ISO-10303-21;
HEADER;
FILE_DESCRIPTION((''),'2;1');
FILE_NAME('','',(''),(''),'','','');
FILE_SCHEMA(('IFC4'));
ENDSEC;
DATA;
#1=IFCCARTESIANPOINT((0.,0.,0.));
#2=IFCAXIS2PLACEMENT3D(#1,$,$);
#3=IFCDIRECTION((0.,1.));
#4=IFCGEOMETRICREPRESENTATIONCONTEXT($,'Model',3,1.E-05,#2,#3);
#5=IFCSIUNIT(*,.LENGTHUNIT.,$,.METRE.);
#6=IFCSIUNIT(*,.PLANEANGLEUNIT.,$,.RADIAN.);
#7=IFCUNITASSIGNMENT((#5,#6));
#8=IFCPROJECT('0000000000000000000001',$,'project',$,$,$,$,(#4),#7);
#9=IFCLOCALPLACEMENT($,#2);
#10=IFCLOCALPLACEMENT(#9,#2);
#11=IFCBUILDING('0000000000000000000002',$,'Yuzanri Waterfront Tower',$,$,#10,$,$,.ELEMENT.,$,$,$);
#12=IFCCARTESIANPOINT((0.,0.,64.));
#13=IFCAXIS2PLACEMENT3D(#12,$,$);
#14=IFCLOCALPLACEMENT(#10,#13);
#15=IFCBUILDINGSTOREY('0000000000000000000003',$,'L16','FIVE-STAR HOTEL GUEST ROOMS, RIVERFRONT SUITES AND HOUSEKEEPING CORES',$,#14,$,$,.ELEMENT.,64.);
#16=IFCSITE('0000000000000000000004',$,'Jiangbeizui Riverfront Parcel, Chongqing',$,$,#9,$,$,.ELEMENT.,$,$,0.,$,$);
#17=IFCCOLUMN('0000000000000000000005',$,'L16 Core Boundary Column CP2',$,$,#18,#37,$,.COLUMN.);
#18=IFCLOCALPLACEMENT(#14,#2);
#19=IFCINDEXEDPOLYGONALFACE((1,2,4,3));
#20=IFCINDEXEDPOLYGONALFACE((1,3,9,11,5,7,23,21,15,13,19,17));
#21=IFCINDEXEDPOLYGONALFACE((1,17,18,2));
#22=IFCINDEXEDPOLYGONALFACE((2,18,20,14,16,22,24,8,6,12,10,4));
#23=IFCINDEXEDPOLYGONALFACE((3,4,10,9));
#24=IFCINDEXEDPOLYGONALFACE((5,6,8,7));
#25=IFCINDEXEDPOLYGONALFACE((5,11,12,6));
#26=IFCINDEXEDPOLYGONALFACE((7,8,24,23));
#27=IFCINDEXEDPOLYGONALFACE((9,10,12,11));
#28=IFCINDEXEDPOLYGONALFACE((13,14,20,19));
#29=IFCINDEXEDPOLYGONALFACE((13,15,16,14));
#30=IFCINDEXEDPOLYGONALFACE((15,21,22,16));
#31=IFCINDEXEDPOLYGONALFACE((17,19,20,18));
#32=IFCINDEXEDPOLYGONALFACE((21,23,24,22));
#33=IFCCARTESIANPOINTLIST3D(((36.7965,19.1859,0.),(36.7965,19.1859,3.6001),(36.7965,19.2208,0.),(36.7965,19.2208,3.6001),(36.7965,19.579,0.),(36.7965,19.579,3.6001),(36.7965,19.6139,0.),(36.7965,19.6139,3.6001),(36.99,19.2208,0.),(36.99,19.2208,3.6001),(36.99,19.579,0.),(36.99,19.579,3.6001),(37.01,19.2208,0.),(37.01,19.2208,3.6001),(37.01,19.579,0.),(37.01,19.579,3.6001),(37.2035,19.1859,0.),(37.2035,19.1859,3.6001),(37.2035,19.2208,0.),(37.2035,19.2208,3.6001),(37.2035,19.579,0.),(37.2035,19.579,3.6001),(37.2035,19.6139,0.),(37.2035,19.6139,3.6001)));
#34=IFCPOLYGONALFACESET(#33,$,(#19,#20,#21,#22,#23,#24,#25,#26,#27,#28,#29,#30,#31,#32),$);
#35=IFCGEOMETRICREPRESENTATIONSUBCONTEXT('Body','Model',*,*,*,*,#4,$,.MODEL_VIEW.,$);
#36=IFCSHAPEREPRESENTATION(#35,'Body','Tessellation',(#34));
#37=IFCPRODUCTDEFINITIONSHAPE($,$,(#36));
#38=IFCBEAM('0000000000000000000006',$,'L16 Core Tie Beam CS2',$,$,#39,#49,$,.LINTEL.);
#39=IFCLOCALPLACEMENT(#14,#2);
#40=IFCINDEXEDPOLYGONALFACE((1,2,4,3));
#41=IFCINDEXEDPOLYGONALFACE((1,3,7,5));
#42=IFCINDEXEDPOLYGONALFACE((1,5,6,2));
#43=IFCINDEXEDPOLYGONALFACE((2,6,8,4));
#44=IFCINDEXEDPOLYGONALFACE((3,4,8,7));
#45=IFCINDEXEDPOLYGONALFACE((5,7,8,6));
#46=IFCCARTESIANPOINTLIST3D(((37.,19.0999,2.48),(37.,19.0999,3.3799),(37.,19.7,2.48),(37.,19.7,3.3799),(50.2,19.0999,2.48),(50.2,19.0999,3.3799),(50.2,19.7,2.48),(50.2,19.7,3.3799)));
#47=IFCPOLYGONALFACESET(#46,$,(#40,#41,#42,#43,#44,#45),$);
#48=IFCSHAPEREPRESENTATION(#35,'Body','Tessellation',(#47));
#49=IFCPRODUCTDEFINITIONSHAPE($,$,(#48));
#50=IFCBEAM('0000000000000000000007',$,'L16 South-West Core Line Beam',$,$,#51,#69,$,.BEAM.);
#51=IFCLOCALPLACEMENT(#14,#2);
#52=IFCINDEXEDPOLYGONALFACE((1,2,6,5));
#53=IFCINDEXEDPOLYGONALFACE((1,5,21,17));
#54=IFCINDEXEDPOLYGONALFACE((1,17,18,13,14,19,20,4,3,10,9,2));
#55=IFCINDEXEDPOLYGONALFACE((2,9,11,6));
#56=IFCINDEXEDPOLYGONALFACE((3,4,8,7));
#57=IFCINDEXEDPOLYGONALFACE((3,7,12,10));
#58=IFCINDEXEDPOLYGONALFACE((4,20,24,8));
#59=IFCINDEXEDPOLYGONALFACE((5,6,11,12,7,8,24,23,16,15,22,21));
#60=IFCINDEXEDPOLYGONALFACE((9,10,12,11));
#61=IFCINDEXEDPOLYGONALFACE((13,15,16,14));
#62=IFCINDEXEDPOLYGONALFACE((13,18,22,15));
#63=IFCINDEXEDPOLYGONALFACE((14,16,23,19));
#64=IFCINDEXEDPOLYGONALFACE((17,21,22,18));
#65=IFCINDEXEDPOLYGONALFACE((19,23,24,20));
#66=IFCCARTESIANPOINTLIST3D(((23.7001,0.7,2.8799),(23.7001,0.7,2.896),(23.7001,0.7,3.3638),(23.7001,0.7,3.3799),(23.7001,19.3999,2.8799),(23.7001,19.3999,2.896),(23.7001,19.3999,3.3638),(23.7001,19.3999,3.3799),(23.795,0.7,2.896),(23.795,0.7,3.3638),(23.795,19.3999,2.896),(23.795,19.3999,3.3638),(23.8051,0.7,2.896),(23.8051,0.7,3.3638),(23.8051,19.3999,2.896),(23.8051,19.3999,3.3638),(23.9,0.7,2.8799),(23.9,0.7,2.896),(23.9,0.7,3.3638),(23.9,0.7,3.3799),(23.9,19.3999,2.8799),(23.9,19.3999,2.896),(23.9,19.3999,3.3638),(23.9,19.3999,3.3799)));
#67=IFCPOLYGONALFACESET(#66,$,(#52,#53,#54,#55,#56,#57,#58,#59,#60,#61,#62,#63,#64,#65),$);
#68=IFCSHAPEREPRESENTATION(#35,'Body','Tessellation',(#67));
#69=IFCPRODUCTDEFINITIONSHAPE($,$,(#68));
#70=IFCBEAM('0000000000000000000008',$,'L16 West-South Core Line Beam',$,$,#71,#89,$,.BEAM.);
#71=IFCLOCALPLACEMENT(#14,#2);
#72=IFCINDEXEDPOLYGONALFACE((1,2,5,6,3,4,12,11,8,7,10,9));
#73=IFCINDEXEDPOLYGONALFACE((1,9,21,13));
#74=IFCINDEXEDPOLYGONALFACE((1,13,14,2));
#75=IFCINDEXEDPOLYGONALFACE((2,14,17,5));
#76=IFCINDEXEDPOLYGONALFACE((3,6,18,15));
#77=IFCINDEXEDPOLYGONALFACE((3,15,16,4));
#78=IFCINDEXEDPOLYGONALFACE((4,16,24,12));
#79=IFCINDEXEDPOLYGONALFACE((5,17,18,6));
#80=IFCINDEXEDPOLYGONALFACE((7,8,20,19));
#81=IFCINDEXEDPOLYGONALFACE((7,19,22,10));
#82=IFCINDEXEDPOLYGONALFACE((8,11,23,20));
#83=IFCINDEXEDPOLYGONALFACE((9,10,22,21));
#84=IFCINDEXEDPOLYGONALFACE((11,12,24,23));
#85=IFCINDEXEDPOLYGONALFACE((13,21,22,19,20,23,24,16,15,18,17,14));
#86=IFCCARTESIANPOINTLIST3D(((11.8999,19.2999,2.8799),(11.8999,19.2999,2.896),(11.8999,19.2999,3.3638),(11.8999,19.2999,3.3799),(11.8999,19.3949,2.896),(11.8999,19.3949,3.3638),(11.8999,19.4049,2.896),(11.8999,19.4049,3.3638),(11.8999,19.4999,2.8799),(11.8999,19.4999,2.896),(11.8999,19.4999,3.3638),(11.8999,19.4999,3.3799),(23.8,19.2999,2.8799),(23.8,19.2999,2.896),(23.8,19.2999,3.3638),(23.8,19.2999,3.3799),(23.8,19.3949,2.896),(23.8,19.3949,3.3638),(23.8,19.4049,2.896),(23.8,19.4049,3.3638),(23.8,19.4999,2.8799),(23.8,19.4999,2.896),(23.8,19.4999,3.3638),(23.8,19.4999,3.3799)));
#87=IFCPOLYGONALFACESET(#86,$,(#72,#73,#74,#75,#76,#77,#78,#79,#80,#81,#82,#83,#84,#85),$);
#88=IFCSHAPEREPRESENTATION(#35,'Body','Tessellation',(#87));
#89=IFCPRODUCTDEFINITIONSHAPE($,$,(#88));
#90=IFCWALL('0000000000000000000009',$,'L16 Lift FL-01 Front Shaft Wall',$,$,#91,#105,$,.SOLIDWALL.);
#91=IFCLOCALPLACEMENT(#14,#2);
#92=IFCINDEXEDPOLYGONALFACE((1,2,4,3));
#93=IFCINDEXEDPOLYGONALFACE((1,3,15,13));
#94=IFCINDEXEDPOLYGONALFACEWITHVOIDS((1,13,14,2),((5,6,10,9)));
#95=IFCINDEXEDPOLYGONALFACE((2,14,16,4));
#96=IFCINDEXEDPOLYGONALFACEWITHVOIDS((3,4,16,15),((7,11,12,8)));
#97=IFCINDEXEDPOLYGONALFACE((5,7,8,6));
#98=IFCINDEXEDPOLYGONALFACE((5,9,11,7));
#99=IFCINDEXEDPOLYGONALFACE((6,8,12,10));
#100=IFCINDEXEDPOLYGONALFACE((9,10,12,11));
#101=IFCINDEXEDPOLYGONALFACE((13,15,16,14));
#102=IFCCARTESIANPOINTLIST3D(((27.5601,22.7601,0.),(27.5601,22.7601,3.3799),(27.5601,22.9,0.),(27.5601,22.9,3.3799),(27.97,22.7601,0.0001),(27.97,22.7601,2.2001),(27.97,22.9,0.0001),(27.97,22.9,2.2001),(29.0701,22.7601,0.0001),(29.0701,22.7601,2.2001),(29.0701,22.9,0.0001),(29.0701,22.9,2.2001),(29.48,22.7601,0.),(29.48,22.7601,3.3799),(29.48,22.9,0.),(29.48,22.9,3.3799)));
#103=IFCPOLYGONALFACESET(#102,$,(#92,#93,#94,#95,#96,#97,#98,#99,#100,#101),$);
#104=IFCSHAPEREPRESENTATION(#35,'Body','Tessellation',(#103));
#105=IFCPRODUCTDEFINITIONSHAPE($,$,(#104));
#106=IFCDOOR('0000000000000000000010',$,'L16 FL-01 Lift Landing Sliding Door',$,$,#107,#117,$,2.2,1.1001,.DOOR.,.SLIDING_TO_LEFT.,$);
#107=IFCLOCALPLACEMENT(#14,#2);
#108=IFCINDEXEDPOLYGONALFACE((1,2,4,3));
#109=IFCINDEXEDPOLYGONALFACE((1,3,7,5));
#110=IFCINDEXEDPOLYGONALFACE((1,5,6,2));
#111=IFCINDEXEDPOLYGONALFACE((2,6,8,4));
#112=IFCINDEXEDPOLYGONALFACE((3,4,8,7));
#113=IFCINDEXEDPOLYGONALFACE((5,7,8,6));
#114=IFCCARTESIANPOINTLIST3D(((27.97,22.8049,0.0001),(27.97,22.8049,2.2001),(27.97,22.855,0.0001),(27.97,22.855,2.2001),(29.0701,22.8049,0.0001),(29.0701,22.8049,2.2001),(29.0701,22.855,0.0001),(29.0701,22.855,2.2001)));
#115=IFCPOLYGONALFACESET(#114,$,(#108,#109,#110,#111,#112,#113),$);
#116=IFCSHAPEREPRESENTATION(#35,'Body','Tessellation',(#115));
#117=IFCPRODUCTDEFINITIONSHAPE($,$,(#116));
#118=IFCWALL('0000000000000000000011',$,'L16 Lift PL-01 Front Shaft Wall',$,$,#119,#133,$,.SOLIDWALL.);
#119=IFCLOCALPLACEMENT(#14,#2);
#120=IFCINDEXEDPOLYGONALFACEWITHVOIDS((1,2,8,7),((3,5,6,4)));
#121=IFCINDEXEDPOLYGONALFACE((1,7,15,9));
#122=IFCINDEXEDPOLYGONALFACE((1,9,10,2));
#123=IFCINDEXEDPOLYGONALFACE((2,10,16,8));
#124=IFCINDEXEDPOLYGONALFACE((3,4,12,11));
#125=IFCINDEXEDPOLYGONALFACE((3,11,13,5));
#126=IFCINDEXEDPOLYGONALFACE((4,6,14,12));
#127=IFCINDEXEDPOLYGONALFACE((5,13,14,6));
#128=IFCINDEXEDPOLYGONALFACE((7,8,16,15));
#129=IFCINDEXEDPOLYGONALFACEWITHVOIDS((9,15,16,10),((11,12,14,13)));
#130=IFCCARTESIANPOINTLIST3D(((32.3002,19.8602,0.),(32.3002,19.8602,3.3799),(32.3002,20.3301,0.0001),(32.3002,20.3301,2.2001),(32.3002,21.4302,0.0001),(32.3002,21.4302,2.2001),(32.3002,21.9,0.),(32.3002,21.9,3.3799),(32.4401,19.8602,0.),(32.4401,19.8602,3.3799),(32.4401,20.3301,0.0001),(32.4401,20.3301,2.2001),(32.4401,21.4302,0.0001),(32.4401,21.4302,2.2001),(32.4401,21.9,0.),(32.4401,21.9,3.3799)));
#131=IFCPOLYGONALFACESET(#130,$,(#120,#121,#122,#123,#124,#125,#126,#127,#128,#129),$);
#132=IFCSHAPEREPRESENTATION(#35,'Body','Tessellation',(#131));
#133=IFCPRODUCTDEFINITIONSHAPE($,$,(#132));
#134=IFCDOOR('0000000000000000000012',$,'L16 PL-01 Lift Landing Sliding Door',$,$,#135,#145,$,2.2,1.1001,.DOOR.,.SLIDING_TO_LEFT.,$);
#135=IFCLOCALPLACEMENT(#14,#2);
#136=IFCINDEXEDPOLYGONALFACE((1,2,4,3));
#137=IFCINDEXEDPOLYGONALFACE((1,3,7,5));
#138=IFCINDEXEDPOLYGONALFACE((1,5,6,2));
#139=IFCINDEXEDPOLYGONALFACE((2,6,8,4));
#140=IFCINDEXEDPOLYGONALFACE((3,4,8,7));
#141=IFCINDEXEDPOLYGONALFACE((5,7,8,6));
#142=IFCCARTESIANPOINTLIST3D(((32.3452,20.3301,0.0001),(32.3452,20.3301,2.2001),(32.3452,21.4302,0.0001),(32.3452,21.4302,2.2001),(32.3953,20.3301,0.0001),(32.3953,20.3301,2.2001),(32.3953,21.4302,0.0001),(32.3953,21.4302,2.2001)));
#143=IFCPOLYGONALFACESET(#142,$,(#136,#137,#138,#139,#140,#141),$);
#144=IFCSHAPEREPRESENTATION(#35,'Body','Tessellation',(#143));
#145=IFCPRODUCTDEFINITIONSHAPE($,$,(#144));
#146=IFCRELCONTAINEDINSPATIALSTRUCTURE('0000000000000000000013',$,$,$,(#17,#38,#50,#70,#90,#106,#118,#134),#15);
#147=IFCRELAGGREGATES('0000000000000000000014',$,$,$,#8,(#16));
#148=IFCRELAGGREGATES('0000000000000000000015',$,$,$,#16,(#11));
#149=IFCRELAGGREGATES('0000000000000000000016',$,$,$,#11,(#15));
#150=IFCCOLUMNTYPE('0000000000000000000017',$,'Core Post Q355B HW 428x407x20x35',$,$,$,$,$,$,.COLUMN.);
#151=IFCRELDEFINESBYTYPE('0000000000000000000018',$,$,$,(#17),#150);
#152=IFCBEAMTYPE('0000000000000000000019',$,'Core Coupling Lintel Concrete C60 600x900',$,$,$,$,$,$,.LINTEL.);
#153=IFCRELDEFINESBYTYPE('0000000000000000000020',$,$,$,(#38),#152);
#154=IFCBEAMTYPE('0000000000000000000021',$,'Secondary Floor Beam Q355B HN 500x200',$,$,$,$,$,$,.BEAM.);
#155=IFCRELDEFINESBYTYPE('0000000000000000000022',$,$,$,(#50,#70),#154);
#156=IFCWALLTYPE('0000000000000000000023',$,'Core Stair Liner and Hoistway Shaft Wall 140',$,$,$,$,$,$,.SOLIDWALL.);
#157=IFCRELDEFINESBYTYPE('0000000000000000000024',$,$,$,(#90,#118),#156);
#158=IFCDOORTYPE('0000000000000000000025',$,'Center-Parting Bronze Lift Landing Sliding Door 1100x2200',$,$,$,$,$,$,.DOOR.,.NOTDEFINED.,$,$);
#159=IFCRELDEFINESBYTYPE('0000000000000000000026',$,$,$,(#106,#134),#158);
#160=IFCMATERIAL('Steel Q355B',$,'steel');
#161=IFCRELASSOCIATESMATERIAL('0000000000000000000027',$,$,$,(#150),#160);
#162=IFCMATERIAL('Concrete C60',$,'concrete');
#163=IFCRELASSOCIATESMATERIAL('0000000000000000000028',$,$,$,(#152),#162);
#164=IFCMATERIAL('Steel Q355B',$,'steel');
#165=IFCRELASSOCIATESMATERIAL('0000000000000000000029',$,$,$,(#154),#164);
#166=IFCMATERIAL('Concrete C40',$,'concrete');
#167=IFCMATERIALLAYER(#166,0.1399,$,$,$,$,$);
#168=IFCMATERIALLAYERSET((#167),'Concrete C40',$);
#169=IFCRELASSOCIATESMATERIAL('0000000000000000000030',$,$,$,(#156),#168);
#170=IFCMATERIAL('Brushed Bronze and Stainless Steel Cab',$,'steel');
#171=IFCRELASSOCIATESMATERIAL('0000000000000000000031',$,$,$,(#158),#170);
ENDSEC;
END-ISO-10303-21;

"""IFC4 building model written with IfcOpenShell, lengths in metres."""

from ifc_helpers import new_model, si_unit, direction, frame, frame_2d, origin, origin_2d, place, context, subcontext, project, spatial, rectangle, i_section, extrude, source, transform, mapped, material, layer, layer_set, material_profile, profile_set, type_object, element, fill, save


model = new_model("IFC4")

# Units and contexts
model_context = context("Model", 3, precision=1e-05, world=origin(), true_north=direction((0.0, 1.0)))
body_context = subcontext(model_context, "Body", "Model", "MODEL_VIEW")
ifc_project = project(units=[si_unit("LENGTHUNIT", "METRE"), si_unit("PLANEANGLEUNIT", "RADIAN")], contexts=[model_context])

# Site, building, storey
site_placement = place(None, origin())
site = spatial("IfcSite", under=ifc_project, at=site_placement, Name="Jiangbeizui Riverfront Parcel, Chongqing", CompositionType="ELEMENT", RefElevation=0.0)
building_placement = place(site_placement, origin())
building = spatial("IfcBuilding", under=site, at=building_placement, Name="Yuzanri Waterfront Tower", CompositionType="ELEMENT")
storey_placement = place(building_placement, frame((0.0, 0.0, 64.0)))
storey = spatial("IfcBuildingStorey", under=building, at=storey_placement, Name="L16", Description="FIVE-STAR HOTEL GUEST ROOMS, RIVERFRONT SUITES AND HOUSEKEEPING CORES", CompositionType="ELEMENT", Elevation=64.0)

# Column
ifc_material_1 = material(Name="Steel Q355B", Category="steel")
ifc_material_profile_1 = material_profile(ifc_material_1, i_section(OverallWidth=0.407, OverallDepth=0.428, WebThickness=0.02, FlangeThickness=0.0349, at=origin_2d()), Name="HW 428x407x20x35")
ifc_profile_set_1 = profile_set([ifc_material_profile_1], Name="Steel Q355B")
column_type = type_object("IfcColumnType", Name="Core Post Q355B HW 428x407x20x35", PredefinedType="COLUMN", material=ifc_profile_set_1)
shared_shape_1 = source(origin(), body_context, "Body", "SweptSolid", [
    extrude(i_section(OverallWidth=0.407, OverallDepth=0.428, WebThickness=0.02, FlangeThickness=0.0349, at=origin_2d()), origin(), (0.0, 0.0, 1.0), 3.6001),
])
column_placement = place(storey_placement, frame((37.0, 19.3999, 0.0), z_axis=(0.0, 0.0, 1.0), x_axis=(1.0, 0.0, 0.0)))
element("IfcColumn", 1, at=column_placement, inside=storey, type_object=column_type, Name="L16 Core Boundary Column CP2", PredefinedType="COLUMN", context=body_context, shape_type="MappedRepresentation", body=[
    mapped(shared_shape_1, transform((0.0, 0.0, 0.0), scale=1.0)),
])

# Beams
ifc_material_2 = material(Name="Concrete C60", Category="concrete")
ifc_material_profile_2 = material_profile(ifc_material_2, rectangle(XDim=0.6001, YDim=0.8999, at=origin_2d()), Name="RC 600x900")
ifc_profile_set_2 = profile_set([ifc_material_profile_2], Name="Concrete C60")
beam_type_1 = type_object("IfcBeamType", Name="Core Coupling Lintel Concrete C60 600x900", PredefinedType="LINTEL", material=ifc_profile_set_2)
shared_shape_2 = source(origin(), body_context, "Body", "SweptSolid", [
    extrude(rectangle(XDim=0.6001, YDim=0.8999, at=origin_2d()), origin(), (0.0, 0.0, 1.0), 13.2),
])
beam_1_placement = place(storey_placement, frame((37.0, 19.3999, 2.9299), z_axis=(1.0, 0.0, 0.0), x_axis=(0.0, 1.0, 0.0)))
element("IfcBeam", 2, at=beam_1_placement, inside=storey, type_object=beam_type_1, Name="L16 Core Tie Beam CS2", PredefinedType="LINTEL", context=body_context, shape_type="MappedRepresentation", body=[
    mapped(shared_shape_2, transform((0.0, 0.0, 0.0), scale=1.0)),
])
ifc_material_3 = material(Name="Steel Q355B", Category="steel")
ifc_material_profile_3 = material_profile(ifc_material_3, i_section(OverallWidth=0.2, OverallDepth=0.5, WebThickness=0.01, FlangeThickness=0.0161, at=origin_2d()), Name="HN 500x200x10x16")
ifc_profile_set_3 = profile_set([ifc_material_profile_3], Name="Steel Q355B")
beam_type_2 = type_object("IfcBeamType", Name="Secondary Floor Beam Q355B HN 500x200", PredefinedType="BEAM", material=ifc_profile_set_3)
shared_shape_3 = source(origin(), body_context, "Body", "SweptSolid", [
    extrude(i_section(OverallWidth=0.2, OverallDepth=0.5, WebThickness=0.01, FlangeThickness=0.0161, at=origin_2d()), origin(), (0.0, 0.0, 1.0), 18.7),
])
beam_2_placement = place(storey_placement, frame((23.8, 19.3999, 3.1299), z_axis=(0.0, -1.0, 0.0), x_axis=(1.0, 0.0, 0.0)))
element("IfcBeam", 3, at=beam_2_placement, inside=storey, type_object=beam_type_2, Name="L16 South-West Core Line Beam", PredefinedType="BEAM", context=body_context, shape_type="MappedRepresentation", body=[
    mapped(shared_shape_3, transform((0.0, 0.0, 0.0), scale=1.0)),
])
shared_shape_4 = source(origin(), body_context, "Body", "SweptSolid", [
    extrude(i_section(OverallWidth=0.2, OverallDepth=0.5, WebThickness=0.01, FlangeThickness=0.0161, at=origin_2d()), origin(), (0.0, 0.0, 1.0), 11.9001),
])
beam_3_placement = place(storey_placement, frame((23.8, 19.3999, 3.1299), z_axis=(-1.0, 0.0, 0.0), x_axis=(0.0, -1.0, 0.0)))
element("IfcBeam", 4, at=beam_3_placement, inside=storey, type_object=beam_type_2, Name="L16 West-South Core Line Beam", PredefinedType="BEAM", context=body_context, shape_type="MappedRepresentation", body=[
    mapped(shared_shape_4, transform((0.0, 0.0, 0.0), scale=1.0)),
])

# Walls, openings, doors
ifc_material_4 = material(Name="Concrete C40", Category="concrete")
ifc_layer_1 = layer(ifc_material_4, 0.1399)
ifc_layer_set_1 = layer_set([ifc_layer_1], Name="Concrete C40")
wall_type_1 = type_object("IfcWallType", Name="Core Stair Liner and Hoistway Shaft Wall 140", PredefinedType="SOLIDWALL", material=ifc_layer_set_1)
wall_1_placement = place(storey_placement, frame((27.5601, 22.8301, 0.0), z_axis=(0.0, 0.0, 1.0), x_axis=(1.0, 0.0, 0.0)))
wall_1 = element("IfcWall", 5, at=wall_1_placement, inside=storey, type_object=wall_type_1, Name="L16 Lift FL-01 Front Shaft Wall", PredefinedType="SOLIDWALL", context=body_context, shape_type="SweptSolid", body=[
    extrude(rectangle(XDim=1.9199, YDim=0.1399, at=frame_2d((0.96, 0.0))), origin(), (0.0, 0.0, 1.0), 3.3799),
])
opening_1_placement = place(wall_1_placement, frame((0.4099, 0.0, 0.0)))
opening_1 = element("IfcOpeningElement", 6, at=opening_1_placement, cuts=wall_1, PredefinedType="OPENING", context=body_context, shape_type="SweptSolid", body=[
    extrude(rectangle(XDim=1.1001, YDim=2.2, at=frame_2d((0.55, 1.1001))), frame((0.0, 0.085, 0.0), z_axis=(0.0, -1.0, 0.0), x_axis=(1.0, 0.0, 0.0)), (0.0, 0.0, 1.0), 0.1697),
])
ifc_material_5 = material(Name="Brushed Bronze and Stainless Steel Cab", Category="steel")
door_type_1 = type_object("IfcDoorType", Name="Center-Parting Bronze Lift Landing Sliding Door 1100x2200", OperationType="NOTDEFINED", PredefinedType="DOOR", material=ifc_material_5)
shared_shape_5 = source(origin(), body_context, "Body", "SweptSolid", [
    extrude(rectangle(XDim=1.1001, YDim=2.2, at=frame_2d((0.55, 1.1001))), frame((0.0, 0.0249, 0.0), z_axis=(0.0, -1.0, 0.0), x_axis=(1.0, 0.0, 0.0)), (0.0, 0.0, 1.0), 0.05),
])
door_1_placement = place(opening_1_placement, origin())
door_1 = element("IfcDoor", 7, at=door_1_placement, inside=storey, type_object=door_type_1, Name="L16 FL-01 Lift Landing Sliding Door", OperationType="SLIDING_TO_LEFT", OverallHeight=2.2, OverallWidth=1.1001, PredefinedType="DOOR", context=body_context, shape_type="MappedRepresentation", body=[
    mapped(shared_shape_5, transform((0.0, 0.0, 0.0), scale=1.0)),
])
fill(opening_1, door_1)
wall_2_placement = place(storey_placement, frame((32.3701, 19.8601, 0.0), z_axis=(0.0, 0.0, 1.0), x_axis=(0.0, 1.0, 0.0)))
wall_2 = element("IfcWall", 8, at=wall_2_placement, inside=storey, type_object=wall_type_1, Name="L16 Lift PL-01 Front Shaft Wall", PredefinedType="SOLIDWALL", context=body_context, shape_type="SweptSolid", body=[
    extrude(rectangle(XDim=2.0398, YDim=0.1399, at=frame_2d((1.02, 0.0))), origin(), (0.0, 0.0, 1.0), 3.3799),
])
opening_2_placement = place(wall_2_placement, frame((0.47, 0.0, 0.0)))
opening_2 = element("IfcOpeningElement", 9, at=opening_2_placement, cuts=wall_2, PredefinedType="OPENING", context=body_context, shape_type="SweptSolid", body=[
    extrude(rectangle(XDim=1.1001, YDim=2.2, at=frame_2d((0.55, 1.1001))), frame((0.0, 0.085, 0.0), z_axis=(0.0, -1.0, 0.0), x_axis=(1.0, 0.0, 0.0)), (0.0, 0.0, 1.0), 0.1697),
])
door_2_placement = place(opening_2_placement, origin())
door_2 = element("IfcDoor", 10, at=door_2_placement, inside=storey, type_object=door_type_1, Name="L16 PL-01 Lift Landing Sliding Door", OperationType="SLIDING_TO_LEFT", OverallHeight=2.2, OverallWidth=1.1001, PredefinedType="DOOR", context=body_context, shape_type="MappedRepresentation", body=[
    mapped(shared_shape_5, transform((0.0, 0.0, 0.0), scale=1.0)),
])
fill(opening_2, door_2)

save(model, "model.ifc")
